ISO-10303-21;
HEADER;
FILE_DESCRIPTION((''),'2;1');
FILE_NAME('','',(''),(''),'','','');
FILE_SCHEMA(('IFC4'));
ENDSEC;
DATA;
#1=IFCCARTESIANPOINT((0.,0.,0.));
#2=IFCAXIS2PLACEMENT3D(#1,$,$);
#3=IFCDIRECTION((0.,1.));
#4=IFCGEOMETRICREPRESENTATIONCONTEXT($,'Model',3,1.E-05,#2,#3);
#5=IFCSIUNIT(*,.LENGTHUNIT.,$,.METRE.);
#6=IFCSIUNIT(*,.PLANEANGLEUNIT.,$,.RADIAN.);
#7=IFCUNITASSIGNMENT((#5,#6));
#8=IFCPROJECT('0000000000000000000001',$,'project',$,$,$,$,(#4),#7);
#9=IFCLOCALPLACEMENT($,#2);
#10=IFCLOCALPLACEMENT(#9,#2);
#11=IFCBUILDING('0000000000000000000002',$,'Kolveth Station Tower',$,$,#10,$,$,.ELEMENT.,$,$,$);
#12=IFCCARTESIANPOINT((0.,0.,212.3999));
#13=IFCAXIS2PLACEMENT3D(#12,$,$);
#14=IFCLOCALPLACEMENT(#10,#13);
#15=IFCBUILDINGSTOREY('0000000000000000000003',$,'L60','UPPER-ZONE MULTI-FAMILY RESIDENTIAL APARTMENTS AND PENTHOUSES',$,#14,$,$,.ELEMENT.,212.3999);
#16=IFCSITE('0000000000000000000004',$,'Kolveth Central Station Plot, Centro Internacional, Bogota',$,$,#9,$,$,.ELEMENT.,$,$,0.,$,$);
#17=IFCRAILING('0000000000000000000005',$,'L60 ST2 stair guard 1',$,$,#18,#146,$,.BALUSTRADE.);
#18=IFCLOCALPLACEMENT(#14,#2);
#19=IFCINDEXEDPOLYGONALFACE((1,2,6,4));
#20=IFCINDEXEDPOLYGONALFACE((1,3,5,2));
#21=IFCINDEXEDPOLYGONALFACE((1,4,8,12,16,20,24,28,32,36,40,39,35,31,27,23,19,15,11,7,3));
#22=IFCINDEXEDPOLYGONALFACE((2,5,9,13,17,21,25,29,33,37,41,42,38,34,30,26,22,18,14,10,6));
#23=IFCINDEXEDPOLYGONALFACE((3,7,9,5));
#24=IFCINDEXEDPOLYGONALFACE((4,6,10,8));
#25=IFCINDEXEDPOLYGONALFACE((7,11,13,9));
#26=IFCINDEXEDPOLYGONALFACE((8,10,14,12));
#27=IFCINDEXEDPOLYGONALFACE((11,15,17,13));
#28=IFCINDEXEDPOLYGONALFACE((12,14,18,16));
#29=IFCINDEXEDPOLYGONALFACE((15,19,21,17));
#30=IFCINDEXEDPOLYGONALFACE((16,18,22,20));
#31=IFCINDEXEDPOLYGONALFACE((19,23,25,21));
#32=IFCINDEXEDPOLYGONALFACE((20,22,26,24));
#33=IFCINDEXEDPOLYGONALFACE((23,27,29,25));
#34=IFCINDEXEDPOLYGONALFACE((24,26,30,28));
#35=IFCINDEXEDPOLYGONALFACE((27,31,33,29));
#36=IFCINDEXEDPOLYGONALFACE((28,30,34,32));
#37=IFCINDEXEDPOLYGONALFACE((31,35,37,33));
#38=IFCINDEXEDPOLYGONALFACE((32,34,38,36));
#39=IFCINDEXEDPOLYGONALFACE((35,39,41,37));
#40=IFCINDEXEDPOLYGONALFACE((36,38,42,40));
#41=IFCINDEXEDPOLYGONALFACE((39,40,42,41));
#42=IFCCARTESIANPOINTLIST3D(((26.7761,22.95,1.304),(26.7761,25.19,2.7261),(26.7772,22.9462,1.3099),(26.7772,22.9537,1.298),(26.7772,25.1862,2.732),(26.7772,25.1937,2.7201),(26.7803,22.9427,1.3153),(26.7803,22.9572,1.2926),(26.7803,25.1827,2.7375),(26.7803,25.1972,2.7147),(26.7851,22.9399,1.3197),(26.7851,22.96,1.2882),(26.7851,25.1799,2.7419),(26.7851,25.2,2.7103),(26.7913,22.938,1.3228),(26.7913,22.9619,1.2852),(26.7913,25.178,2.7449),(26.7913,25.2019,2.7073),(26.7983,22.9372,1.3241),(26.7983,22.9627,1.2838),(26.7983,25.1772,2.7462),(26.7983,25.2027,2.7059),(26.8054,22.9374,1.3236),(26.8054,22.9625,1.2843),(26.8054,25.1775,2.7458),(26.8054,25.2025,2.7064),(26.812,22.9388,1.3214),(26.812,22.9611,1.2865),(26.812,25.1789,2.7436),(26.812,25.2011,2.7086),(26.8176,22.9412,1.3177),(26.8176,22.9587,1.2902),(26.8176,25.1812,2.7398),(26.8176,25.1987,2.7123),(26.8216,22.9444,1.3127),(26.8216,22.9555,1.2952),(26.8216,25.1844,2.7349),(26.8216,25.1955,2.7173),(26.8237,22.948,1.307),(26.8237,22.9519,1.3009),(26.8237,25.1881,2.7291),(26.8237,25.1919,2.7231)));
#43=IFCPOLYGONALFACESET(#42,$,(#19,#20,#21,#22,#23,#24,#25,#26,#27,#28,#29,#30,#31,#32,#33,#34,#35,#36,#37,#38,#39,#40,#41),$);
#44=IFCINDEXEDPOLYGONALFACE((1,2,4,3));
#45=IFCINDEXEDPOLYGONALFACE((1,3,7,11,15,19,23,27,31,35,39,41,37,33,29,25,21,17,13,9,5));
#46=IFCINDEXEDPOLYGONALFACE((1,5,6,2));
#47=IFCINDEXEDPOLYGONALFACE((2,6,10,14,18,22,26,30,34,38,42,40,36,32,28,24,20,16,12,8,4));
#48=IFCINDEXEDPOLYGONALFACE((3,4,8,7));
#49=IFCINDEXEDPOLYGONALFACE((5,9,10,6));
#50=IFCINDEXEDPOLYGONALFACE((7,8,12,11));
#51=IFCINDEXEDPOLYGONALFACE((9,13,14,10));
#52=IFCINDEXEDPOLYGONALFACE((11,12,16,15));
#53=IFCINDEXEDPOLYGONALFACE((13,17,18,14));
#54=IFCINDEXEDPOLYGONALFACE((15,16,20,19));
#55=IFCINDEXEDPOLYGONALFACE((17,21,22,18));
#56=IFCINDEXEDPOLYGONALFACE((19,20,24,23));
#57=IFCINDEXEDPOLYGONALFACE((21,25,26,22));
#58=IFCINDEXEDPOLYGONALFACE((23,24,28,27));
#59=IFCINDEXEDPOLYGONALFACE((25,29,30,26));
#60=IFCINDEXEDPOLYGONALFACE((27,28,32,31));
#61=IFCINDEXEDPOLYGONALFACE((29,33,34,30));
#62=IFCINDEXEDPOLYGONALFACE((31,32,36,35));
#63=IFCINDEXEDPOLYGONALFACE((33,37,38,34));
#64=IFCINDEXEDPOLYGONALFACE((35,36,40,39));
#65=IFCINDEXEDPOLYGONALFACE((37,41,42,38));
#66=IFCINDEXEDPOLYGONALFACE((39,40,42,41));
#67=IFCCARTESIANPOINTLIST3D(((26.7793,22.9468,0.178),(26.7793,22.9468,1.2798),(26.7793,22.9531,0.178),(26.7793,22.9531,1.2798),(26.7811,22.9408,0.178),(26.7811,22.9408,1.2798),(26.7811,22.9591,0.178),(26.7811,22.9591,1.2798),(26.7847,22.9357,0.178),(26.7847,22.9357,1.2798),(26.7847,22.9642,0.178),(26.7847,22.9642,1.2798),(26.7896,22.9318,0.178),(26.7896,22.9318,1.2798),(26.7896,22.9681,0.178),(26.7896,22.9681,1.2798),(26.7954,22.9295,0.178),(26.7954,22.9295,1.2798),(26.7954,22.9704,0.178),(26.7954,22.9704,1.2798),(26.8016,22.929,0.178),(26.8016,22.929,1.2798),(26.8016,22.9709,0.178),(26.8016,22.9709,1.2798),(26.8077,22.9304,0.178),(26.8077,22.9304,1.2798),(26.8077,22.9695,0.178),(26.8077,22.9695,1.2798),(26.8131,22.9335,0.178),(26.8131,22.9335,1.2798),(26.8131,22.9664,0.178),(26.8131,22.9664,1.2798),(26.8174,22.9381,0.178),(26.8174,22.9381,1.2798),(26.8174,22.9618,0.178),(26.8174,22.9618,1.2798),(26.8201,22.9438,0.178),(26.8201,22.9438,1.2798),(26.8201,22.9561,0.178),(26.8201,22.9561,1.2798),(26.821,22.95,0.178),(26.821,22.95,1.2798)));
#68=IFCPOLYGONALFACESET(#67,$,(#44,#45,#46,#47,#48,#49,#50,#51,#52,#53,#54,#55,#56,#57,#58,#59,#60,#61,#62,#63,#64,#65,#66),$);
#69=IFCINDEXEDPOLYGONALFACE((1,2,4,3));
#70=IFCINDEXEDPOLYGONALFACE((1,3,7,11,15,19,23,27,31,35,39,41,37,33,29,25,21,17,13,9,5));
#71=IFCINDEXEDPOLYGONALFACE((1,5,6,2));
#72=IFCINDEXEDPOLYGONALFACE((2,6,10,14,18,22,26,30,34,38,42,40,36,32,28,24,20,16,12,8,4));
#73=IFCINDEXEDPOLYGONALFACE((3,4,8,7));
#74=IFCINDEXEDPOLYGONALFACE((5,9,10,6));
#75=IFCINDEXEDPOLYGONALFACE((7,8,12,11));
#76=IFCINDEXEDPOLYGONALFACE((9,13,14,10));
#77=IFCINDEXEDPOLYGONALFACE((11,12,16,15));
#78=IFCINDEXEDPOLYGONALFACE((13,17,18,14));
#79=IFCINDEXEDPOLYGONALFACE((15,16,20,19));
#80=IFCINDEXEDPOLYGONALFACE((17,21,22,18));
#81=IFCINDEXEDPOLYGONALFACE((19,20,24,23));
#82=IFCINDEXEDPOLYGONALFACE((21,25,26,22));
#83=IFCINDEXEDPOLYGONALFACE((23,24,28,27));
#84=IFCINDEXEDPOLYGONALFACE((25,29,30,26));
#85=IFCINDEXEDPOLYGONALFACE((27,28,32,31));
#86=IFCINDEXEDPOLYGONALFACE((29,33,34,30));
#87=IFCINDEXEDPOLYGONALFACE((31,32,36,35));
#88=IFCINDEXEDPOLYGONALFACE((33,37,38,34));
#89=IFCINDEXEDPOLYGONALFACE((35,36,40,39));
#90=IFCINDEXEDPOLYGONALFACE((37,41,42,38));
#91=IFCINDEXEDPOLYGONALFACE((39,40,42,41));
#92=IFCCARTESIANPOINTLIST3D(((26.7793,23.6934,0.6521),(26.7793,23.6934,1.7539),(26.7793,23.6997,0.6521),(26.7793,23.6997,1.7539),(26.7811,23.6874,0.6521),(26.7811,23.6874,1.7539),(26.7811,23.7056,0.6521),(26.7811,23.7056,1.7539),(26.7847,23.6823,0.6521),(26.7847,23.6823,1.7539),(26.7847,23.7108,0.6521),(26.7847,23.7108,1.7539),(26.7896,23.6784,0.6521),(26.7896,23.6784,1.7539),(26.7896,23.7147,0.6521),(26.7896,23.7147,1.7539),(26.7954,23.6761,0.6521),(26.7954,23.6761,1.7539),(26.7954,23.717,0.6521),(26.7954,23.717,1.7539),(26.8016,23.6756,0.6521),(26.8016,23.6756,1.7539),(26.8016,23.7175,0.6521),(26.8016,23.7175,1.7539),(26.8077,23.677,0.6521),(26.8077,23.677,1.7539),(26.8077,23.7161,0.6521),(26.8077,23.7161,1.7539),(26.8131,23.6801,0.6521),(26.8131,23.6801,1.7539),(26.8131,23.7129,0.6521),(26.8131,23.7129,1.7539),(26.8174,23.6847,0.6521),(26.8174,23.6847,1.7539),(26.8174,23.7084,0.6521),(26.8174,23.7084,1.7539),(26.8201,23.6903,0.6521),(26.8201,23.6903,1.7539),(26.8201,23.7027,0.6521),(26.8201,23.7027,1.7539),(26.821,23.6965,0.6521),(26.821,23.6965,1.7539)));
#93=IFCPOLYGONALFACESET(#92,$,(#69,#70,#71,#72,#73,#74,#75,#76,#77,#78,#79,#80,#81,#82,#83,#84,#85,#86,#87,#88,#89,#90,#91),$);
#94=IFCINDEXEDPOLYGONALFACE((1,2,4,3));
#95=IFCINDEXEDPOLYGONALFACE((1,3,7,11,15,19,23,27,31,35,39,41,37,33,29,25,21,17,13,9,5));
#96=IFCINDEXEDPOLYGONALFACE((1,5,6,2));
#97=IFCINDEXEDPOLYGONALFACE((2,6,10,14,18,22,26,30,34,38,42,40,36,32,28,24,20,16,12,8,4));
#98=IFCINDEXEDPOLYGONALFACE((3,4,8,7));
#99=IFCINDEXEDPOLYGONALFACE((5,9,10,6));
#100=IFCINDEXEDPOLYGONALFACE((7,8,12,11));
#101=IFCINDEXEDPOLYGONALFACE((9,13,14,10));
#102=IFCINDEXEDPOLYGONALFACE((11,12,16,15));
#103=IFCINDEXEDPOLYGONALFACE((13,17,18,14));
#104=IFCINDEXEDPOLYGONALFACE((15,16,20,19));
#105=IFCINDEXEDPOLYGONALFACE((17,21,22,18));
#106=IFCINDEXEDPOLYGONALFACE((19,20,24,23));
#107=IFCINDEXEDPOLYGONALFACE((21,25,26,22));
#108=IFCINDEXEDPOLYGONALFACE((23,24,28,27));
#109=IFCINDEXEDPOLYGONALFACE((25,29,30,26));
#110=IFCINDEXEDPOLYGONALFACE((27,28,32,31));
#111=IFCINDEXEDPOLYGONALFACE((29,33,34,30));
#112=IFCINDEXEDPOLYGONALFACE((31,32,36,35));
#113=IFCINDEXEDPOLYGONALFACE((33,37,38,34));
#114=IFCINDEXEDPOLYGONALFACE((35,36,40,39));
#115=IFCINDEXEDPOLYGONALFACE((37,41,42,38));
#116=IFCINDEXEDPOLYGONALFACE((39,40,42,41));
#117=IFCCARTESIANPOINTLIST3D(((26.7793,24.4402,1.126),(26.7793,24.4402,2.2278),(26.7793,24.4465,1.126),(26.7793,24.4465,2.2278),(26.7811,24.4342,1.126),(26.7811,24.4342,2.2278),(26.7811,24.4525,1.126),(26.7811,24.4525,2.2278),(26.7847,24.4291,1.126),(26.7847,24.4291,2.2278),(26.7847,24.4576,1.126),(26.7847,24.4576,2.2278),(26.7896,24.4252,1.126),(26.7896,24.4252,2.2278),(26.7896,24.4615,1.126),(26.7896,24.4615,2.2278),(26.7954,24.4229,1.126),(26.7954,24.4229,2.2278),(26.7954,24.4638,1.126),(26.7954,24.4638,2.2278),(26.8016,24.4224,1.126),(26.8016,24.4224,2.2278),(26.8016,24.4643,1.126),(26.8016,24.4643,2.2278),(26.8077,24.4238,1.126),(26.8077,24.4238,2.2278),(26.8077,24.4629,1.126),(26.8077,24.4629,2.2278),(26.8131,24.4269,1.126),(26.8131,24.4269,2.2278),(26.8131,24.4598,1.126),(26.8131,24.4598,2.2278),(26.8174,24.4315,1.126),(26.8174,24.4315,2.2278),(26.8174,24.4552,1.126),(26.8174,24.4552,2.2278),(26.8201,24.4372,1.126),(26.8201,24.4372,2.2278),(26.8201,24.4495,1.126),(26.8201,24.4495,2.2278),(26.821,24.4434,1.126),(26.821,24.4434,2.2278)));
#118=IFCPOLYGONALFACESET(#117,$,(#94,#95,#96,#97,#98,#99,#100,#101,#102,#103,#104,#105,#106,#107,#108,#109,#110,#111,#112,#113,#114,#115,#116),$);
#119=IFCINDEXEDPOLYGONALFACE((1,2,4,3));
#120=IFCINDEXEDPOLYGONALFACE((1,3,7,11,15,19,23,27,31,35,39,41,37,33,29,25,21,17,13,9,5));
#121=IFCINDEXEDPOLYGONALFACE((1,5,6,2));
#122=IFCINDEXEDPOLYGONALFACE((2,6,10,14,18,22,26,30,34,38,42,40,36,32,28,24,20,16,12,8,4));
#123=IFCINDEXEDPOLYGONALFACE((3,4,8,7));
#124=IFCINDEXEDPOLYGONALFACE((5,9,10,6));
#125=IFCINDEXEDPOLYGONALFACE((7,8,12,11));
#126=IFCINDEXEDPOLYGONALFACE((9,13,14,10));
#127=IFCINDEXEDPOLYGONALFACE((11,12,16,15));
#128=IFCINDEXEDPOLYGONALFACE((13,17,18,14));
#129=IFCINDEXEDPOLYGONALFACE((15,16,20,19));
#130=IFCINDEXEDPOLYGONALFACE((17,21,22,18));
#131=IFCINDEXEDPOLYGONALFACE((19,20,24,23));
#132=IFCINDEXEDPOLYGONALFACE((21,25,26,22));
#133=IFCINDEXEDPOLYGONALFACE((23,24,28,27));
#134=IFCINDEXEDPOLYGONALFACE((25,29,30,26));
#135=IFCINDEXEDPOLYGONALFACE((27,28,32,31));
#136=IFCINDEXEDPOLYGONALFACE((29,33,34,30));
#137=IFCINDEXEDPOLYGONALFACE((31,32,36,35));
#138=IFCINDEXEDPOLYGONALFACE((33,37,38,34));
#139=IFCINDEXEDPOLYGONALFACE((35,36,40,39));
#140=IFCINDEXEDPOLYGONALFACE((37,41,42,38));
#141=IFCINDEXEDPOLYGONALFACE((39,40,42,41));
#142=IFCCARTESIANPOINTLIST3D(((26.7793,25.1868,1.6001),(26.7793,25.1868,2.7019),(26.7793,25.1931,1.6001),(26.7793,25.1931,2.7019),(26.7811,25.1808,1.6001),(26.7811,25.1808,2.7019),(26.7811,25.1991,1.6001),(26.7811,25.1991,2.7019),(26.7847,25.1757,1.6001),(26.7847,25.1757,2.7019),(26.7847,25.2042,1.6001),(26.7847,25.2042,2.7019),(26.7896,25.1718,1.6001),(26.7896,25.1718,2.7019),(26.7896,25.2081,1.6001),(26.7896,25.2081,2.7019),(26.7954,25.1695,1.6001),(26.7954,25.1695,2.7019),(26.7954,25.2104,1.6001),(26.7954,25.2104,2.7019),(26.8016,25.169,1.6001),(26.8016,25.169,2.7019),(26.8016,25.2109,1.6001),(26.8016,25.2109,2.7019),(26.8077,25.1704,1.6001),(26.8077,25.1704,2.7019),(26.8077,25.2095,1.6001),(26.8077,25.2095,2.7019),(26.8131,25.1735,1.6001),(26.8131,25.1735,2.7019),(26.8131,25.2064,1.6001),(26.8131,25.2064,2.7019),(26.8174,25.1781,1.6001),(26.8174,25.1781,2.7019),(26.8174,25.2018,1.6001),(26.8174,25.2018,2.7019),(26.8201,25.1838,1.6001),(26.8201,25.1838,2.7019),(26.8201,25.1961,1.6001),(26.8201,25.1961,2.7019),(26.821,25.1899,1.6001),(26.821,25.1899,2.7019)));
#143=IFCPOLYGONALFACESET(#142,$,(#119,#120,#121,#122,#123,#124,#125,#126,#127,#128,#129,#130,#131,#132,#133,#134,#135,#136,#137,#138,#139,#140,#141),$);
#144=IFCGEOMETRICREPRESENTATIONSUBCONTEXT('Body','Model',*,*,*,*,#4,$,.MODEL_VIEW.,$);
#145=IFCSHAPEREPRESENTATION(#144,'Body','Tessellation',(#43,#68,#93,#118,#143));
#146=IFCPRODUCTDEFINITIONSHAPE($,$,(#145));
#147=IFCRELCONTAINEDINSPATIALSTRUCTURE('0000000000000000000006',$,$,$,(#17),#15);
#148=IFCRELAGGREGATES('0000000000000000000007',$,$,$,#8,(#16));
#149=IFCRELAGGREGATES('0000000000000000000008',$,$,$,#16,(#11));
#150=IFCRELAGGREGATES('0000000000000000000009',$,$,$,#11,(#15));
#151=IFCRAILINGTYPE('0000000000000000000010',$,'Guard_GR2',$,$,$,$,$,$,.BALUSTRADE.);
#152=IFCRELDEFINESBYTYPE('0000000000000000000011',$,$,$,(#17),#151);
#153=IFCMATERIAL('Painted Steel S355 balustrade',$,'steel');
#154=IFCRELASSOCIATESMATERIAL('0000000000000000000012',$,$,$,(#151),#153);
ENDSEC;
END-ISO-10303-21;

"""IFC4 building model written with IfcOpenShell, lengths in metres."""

from ifc_helpers import new_model, si_unit, direction, frame, origin, origin_2d, place, context, subcontext, project, spatial, circle, extrude, material, type_object, element, save


model = new_model("IFC4")

# Units and contexts
model_context = context("Model", 3, precision=1e-05, world=origin(), true_north=direction((0.0, 1.0)))
body_context = subcontext(model_context, "Body", "Model", "MODEL_VIEW")
ifc_project = project(units=[si_unit("LENGTHUNIT", "METRE"), si_unit("PLANEANGLEUNIT", "RADIAN")], contexts=[model_context])

# Site, building, storey
site_placement = place(None, origin())
site = spatial("IfcSite", under=ifc_project, at=site_placement, Name="Kolveth Central Station Plot, Centro Internacional, Bogota", CompositionType="ELEMENT", RefElevation=0.0)
building_placement = place(site_placement, origin())
building = spatial("IfcBuilding", under=site, at=building_placement, Name="Kolveth Station Tower", CompositionType="ELEMENT")
storey_placement = place(building_placement, frame((0.0, 0.0, 212.3999)))
storey = spatial("IfcBuildingStorey", under=building, at=storey_placement, Name="L60", Description="UPPER-ZONE MULTI-FAMILY RESIDENTIAL APARTMENTS AND PENTHOUSES", CompositionType="ELEMENT", Elevation=212.3999)

# Railing
ifc_material_1 = material(Name="Painted Steel S355 balustrade", Category="steel")
railing_type_1 = type_object("IfcRailingType", Name="Guard_GR2", PredefinedType="BALUSTRADE", material=ifc_material_1)
railing_1_placement = place(storey_placement, frame((26.8, 22.95, 0.178)))
element("IfcRailing", 1, at=railing_1_placement, inside=storey, type_object=railing_type_1, Name="L60 ST2 stair guard 1", PredefinedType="BALUSTRADE", context=body_context, shape_type="SweptSolid", body=[
    extrude(circle(Radius=0.0239, at=origin_2d()), frame((0.0, 0.0, 1.126), z_axis=(0.0, 0.844229, 0.535982), x_axis=(-1.0, 0.0, 0.0)), (0.0, 0.0, 1.0), 2.6533),
    extrude(circle(Radius=0.021, at=origin_2d()), origin(), (0.0, 0.0, 1.0), 1.1018),
    extrude(circle(Radius=0.021, at=origin_2d()), frame((0.0, 0.7466, 0.4741)), (0.0, 0.0, 1.0), 1.1018),
    extrude(circle(Radius=0.021, at=origin_2d()), frame((0.0, 1.4934, 0.948)), (0.0, 0.0, 1.0), 1.1018),
    extrude(circle(Radius=0.021, at=origin_2d()), frame((0.0, 2.24, 1.4221)), (0.0, 0.0, 1.0), 1.1018),
])

save(model, "model.ifc")
